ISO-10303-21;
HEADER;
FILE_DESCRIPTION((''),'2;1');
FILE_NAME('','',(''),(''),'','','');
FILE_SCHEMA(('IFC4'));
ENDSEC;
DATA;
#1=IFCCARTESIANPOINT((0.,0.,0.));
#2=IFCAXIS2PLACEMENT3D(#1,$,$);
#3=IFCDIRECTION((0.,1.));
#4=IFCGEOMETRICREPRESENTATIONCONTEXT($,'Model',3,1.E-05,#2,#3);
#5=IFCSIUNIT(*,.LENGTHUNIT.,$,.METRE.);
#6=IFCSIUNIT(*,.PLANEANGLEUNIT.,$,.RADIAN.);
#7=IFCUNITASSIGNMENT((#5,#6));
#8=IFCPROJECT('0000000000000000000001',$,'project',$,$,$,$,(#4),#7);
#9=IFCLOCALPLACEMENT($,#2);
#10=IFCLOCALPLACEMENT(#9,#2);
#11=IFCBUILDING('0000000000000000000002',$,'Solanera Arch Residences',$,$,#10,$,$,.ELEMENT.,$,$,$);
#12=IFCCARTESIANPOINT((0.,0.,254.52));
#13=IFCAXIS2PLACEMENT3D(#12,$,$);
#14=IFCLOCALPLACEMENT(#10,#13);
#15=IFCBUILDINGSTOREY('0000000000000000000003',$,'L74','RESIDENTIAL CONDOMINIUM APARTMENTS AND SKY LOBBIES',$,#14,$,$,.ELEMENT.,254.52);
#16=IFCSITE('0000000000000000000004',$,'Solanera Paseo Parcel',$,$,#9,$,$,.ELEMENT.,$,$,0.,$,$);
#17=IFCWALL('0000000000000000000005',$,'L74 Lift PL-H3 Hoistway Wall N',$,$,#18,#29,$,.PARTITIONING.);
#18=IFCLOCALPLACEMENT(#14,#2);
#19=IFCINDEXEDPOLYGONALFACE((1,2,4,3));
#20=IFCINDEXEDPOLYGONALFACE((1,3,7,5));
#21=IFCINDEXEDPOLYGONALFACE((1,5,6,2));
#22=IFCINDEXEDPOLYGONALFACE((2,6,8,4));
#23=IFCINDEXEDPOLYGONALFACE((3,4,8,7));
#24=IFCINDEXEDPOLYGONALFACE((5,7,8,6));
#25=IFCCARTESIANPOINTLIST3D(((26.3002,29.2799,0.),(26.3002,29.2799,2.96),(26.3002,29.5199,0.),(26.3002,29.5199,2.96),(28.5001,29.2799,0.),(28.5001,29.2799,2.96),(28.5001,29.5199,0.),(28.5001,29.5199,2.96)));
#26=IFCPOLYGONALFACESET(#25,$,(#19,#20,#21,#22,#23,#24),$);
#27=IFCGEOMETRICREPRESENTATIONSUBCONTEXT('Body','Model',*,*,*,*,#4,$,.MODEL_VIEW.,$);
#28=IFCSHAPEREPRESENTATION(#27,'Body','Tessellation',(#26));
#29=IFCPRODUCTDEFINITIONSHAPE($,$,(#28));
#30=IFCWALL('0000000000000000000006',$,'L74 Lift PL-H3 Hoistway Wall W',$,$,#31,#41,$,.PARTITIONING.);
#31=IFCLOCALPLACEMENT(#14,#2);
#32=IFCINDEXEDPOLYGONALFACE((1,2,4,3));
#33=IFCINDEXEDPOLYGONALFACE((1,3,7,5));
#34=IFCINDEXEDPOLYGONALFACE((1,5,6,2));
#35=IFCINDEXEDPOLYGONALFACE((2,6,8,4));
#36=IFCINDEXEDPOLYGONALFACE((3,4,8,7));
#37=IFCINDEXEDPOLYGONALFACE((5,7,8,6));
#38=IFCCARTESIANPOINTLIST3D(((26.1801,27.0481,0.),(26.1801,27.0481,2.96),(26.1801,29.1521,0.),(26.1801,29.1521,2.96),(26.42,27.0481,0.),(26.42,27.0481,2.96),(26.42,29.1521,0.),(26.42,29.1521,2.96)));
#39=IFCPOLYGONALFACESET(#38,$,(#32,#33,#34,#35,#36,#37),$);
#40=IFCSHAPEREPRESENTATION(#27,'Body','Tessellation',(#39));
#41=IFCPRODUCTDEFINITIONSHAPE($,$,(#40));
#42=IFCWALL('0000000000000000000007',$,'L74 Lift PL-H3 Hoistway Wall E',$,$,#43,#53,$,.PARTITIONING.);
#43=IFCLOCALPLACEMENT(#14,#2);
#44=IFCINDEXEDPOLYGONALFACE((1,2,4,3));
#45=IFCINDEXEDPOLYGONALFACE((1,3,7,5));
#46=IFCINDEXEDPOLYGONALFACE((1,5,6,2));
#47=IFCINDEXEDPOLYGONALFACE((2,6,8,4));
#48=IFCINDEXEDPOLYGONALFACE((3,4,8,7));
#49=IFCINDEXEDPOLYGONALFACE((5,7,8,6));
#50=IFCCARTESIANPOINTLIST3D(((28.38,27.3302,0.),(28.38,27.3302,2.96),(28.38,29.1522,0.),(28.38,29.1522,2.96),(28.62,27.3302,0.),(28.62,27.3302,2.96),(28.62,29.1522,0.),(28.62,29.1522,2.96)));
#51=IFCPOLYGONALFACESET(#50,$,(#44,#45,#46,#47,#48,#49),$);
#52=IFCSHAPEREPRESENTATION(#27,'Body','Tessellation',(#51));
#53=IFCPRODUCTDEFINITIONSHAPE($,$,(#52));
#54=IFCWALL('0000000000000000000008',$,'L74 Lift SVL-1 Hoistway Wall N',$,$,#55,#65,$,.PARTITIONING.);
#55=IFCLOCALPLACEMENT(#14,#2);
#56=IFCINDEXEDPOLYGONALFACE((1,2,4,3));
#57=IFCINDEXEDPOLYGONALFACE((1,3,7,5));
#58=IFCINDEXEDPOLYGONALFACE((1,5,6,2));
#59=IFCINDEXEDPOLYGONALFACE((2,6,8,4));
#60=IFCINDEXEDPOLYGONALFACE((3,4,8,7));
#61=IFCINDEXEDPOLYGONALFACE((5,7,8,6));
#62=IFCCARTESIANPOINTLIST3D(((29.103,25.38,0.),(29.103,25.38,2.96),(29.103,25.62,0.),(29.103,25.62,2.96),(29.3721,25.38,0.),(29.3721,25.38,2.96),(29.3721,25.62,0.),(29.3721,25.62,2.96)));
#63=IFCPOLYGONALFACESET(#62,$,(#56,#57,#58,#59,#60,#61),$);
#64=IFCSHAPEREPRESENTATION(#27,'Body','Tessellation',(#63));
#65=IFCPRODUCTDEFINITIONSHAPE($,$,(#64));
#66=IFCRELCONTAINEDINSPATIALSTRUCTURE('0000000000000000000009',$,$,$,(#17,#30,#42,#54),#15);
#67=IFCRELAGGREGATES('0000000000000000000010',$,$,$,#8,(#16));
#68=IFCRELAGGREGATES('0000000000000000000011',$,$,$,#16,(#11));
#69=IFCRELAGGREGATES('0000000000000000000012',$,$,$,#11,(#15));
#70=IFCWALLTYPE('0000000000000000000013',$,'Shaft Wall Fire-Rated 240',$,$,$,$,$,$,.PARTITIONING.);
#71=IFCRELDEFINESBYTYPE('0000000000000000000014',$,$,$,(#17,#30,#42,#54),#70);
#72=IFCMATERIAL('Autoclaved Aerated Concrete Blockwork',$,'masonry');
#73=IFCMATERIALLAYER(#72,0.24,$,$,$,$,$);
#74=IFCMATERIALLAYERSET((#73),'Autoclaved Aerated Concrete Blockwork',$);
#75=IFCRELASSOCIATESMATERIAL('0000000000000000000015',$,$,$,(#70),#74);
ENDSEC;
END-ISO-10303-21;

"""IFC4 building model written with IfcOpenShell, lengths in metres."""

from ifc_helpers import new_model, si_unit, direction, frame, frame_2d, origin, place, context, subcontext, project, spatial, rectangle, extrude, material, layer, layer_set, type_object, element, save


model = new_model("IFC4")

# Units and contexts
model_context = context("Model", 3, precision=1e-05, world=origin(), true_north=direction((0.0, 1.0)))
body_context = subcontext(model_context, "Body", "Model", "MODEL_VIEW")
ifc_project = project(units=[si_unit("LENGTHUNIT", "METRE"), si_unit("PLANEANGLEUNIT", "RADIAN")], contexts=[model_context])

# Site, building, storey
site_placement = place(None, origin())
site = spatial("IfcSite", under=ifc_project, at=site_placement, Name="Solanera Paseo Parcel", CompositionType="ELEMENT", RefElevation=0.0)
building_placement = place(site_placement, origin())
building = spatial("IfcBuilding", under=site, at=building_placement, Name="Solanera Arch Residences", CompositionType="ELEMENT")
storey_placement = place(building_placement, frame((0.0, 0.0, 254.52)))
storey = spatial("IfcBuildingStorey", under=building, at=storey_placement, Name="L74", Description="RESIDENTIAL CONDOMINIUM APARTMENTS AND SKY LOBBIES", CompositionType="ELEMENT", Elevation=254.52)

# Walls
ifc_material_1 = material(Name="Autoclaved Aerated Concrete Blockwork", Category="masonry")
ifc_layer_1 = layer(ifc_material_1, 0.24)
ifc_layer_set_1 = layer_set([ifc_layer_1], Name="Autoclaved Aerated Concrete Blockwork")
wall_type_1 = type_object("IfcWallType", Name="Shaft Wall Fire-Rated 240", PredefinedType="PARTITIONING", material=ifc_layer_set_1)
wall_1_placement = place(storey_placement, frame((26.3, 29.3999, 0.0), z_axis=(0.0, 0.0, 1.0), x_axis=(1.0, 0.0, 0.0)))
element("IfcWall", 1, at=wall_1_placement, inside=storey, type_object=wall_type_1, Name="L74 Lift PL-H3 Hoistway Wall N", PredefinedType="PARTITIONING", context=body_context, shape_type="SweptSolid", body=[
    extrude(rectangle(XDim=2.2, YDim=0.24, at=frame_2d((1.1001, 0.0))), origin(), (0.0, 0.0, 1.0), 2.96),
])
wall_2_placement = place(storey_placement, frame((26.3, 27.0481, 0.0), z_axis=(0.0, 0.0, 1.0), x_axis=(0.0, 1.0, 0.0)))
element("IfcWall", 2, at=wall_2_placement, inside=storey, type_object=wall_type_1, Name="L74 Lift PL-H3 Hoistway Wall W", PredefinedType="PARTITIONING", context=body_context, shape_type="SweptSolid", body=[
    extrude(rectangle(XDim=2.104, YDim=0.24, at=frame_2d((1.052, 0.0))), origin(), (0.0, 0.0, 1.0), 2.96),
])
wall_3_placement = place(storey_placement, frame((28.5, 27.3301, 0.0), z_axis=(0.0, 0.0, 1.0), x_axis=(0.0, 1.0, 0.0)))
element("IfcWall", 3, at=wall_3_placement, inside=storey, type_object=wall_type_1, Name="L74 Lift PL-H3 Hoistway Wall E", PredefinedType="PARTITIONING", context=body_context, shape_type="SweptSolid", body=[
    extrude(rectangle(XDim=1.822, YDim=0.24, at=frame_2d((0.9111, 0.0))), origin(), (0.0, 0.0, 1.0), 2.96),
])
wall_4_placement = place(storey_placement, frame((29.103, 25.5, 0.0), z_axis=(0.0, 0.0, 1.0), x_axis=(1.0, 0.0, 0.0)))
element("IfcWall", 4, at=wall_4_placement, inside=storey, type_object=wall_type_1, Name="L74 Lift SVL-1 Hoistway Wall N", PredefinedType="PARTITIONING", context=body_context, shape_type="SweptSolid", body=[
    extrude(rectangle(XDim=0.269, YDim=0.24, at=frame_2d((0.1345, 0.0))), origin(), (0.0, 0.0, 1.0), 2.96),
])

save(model, "model.ifc")
